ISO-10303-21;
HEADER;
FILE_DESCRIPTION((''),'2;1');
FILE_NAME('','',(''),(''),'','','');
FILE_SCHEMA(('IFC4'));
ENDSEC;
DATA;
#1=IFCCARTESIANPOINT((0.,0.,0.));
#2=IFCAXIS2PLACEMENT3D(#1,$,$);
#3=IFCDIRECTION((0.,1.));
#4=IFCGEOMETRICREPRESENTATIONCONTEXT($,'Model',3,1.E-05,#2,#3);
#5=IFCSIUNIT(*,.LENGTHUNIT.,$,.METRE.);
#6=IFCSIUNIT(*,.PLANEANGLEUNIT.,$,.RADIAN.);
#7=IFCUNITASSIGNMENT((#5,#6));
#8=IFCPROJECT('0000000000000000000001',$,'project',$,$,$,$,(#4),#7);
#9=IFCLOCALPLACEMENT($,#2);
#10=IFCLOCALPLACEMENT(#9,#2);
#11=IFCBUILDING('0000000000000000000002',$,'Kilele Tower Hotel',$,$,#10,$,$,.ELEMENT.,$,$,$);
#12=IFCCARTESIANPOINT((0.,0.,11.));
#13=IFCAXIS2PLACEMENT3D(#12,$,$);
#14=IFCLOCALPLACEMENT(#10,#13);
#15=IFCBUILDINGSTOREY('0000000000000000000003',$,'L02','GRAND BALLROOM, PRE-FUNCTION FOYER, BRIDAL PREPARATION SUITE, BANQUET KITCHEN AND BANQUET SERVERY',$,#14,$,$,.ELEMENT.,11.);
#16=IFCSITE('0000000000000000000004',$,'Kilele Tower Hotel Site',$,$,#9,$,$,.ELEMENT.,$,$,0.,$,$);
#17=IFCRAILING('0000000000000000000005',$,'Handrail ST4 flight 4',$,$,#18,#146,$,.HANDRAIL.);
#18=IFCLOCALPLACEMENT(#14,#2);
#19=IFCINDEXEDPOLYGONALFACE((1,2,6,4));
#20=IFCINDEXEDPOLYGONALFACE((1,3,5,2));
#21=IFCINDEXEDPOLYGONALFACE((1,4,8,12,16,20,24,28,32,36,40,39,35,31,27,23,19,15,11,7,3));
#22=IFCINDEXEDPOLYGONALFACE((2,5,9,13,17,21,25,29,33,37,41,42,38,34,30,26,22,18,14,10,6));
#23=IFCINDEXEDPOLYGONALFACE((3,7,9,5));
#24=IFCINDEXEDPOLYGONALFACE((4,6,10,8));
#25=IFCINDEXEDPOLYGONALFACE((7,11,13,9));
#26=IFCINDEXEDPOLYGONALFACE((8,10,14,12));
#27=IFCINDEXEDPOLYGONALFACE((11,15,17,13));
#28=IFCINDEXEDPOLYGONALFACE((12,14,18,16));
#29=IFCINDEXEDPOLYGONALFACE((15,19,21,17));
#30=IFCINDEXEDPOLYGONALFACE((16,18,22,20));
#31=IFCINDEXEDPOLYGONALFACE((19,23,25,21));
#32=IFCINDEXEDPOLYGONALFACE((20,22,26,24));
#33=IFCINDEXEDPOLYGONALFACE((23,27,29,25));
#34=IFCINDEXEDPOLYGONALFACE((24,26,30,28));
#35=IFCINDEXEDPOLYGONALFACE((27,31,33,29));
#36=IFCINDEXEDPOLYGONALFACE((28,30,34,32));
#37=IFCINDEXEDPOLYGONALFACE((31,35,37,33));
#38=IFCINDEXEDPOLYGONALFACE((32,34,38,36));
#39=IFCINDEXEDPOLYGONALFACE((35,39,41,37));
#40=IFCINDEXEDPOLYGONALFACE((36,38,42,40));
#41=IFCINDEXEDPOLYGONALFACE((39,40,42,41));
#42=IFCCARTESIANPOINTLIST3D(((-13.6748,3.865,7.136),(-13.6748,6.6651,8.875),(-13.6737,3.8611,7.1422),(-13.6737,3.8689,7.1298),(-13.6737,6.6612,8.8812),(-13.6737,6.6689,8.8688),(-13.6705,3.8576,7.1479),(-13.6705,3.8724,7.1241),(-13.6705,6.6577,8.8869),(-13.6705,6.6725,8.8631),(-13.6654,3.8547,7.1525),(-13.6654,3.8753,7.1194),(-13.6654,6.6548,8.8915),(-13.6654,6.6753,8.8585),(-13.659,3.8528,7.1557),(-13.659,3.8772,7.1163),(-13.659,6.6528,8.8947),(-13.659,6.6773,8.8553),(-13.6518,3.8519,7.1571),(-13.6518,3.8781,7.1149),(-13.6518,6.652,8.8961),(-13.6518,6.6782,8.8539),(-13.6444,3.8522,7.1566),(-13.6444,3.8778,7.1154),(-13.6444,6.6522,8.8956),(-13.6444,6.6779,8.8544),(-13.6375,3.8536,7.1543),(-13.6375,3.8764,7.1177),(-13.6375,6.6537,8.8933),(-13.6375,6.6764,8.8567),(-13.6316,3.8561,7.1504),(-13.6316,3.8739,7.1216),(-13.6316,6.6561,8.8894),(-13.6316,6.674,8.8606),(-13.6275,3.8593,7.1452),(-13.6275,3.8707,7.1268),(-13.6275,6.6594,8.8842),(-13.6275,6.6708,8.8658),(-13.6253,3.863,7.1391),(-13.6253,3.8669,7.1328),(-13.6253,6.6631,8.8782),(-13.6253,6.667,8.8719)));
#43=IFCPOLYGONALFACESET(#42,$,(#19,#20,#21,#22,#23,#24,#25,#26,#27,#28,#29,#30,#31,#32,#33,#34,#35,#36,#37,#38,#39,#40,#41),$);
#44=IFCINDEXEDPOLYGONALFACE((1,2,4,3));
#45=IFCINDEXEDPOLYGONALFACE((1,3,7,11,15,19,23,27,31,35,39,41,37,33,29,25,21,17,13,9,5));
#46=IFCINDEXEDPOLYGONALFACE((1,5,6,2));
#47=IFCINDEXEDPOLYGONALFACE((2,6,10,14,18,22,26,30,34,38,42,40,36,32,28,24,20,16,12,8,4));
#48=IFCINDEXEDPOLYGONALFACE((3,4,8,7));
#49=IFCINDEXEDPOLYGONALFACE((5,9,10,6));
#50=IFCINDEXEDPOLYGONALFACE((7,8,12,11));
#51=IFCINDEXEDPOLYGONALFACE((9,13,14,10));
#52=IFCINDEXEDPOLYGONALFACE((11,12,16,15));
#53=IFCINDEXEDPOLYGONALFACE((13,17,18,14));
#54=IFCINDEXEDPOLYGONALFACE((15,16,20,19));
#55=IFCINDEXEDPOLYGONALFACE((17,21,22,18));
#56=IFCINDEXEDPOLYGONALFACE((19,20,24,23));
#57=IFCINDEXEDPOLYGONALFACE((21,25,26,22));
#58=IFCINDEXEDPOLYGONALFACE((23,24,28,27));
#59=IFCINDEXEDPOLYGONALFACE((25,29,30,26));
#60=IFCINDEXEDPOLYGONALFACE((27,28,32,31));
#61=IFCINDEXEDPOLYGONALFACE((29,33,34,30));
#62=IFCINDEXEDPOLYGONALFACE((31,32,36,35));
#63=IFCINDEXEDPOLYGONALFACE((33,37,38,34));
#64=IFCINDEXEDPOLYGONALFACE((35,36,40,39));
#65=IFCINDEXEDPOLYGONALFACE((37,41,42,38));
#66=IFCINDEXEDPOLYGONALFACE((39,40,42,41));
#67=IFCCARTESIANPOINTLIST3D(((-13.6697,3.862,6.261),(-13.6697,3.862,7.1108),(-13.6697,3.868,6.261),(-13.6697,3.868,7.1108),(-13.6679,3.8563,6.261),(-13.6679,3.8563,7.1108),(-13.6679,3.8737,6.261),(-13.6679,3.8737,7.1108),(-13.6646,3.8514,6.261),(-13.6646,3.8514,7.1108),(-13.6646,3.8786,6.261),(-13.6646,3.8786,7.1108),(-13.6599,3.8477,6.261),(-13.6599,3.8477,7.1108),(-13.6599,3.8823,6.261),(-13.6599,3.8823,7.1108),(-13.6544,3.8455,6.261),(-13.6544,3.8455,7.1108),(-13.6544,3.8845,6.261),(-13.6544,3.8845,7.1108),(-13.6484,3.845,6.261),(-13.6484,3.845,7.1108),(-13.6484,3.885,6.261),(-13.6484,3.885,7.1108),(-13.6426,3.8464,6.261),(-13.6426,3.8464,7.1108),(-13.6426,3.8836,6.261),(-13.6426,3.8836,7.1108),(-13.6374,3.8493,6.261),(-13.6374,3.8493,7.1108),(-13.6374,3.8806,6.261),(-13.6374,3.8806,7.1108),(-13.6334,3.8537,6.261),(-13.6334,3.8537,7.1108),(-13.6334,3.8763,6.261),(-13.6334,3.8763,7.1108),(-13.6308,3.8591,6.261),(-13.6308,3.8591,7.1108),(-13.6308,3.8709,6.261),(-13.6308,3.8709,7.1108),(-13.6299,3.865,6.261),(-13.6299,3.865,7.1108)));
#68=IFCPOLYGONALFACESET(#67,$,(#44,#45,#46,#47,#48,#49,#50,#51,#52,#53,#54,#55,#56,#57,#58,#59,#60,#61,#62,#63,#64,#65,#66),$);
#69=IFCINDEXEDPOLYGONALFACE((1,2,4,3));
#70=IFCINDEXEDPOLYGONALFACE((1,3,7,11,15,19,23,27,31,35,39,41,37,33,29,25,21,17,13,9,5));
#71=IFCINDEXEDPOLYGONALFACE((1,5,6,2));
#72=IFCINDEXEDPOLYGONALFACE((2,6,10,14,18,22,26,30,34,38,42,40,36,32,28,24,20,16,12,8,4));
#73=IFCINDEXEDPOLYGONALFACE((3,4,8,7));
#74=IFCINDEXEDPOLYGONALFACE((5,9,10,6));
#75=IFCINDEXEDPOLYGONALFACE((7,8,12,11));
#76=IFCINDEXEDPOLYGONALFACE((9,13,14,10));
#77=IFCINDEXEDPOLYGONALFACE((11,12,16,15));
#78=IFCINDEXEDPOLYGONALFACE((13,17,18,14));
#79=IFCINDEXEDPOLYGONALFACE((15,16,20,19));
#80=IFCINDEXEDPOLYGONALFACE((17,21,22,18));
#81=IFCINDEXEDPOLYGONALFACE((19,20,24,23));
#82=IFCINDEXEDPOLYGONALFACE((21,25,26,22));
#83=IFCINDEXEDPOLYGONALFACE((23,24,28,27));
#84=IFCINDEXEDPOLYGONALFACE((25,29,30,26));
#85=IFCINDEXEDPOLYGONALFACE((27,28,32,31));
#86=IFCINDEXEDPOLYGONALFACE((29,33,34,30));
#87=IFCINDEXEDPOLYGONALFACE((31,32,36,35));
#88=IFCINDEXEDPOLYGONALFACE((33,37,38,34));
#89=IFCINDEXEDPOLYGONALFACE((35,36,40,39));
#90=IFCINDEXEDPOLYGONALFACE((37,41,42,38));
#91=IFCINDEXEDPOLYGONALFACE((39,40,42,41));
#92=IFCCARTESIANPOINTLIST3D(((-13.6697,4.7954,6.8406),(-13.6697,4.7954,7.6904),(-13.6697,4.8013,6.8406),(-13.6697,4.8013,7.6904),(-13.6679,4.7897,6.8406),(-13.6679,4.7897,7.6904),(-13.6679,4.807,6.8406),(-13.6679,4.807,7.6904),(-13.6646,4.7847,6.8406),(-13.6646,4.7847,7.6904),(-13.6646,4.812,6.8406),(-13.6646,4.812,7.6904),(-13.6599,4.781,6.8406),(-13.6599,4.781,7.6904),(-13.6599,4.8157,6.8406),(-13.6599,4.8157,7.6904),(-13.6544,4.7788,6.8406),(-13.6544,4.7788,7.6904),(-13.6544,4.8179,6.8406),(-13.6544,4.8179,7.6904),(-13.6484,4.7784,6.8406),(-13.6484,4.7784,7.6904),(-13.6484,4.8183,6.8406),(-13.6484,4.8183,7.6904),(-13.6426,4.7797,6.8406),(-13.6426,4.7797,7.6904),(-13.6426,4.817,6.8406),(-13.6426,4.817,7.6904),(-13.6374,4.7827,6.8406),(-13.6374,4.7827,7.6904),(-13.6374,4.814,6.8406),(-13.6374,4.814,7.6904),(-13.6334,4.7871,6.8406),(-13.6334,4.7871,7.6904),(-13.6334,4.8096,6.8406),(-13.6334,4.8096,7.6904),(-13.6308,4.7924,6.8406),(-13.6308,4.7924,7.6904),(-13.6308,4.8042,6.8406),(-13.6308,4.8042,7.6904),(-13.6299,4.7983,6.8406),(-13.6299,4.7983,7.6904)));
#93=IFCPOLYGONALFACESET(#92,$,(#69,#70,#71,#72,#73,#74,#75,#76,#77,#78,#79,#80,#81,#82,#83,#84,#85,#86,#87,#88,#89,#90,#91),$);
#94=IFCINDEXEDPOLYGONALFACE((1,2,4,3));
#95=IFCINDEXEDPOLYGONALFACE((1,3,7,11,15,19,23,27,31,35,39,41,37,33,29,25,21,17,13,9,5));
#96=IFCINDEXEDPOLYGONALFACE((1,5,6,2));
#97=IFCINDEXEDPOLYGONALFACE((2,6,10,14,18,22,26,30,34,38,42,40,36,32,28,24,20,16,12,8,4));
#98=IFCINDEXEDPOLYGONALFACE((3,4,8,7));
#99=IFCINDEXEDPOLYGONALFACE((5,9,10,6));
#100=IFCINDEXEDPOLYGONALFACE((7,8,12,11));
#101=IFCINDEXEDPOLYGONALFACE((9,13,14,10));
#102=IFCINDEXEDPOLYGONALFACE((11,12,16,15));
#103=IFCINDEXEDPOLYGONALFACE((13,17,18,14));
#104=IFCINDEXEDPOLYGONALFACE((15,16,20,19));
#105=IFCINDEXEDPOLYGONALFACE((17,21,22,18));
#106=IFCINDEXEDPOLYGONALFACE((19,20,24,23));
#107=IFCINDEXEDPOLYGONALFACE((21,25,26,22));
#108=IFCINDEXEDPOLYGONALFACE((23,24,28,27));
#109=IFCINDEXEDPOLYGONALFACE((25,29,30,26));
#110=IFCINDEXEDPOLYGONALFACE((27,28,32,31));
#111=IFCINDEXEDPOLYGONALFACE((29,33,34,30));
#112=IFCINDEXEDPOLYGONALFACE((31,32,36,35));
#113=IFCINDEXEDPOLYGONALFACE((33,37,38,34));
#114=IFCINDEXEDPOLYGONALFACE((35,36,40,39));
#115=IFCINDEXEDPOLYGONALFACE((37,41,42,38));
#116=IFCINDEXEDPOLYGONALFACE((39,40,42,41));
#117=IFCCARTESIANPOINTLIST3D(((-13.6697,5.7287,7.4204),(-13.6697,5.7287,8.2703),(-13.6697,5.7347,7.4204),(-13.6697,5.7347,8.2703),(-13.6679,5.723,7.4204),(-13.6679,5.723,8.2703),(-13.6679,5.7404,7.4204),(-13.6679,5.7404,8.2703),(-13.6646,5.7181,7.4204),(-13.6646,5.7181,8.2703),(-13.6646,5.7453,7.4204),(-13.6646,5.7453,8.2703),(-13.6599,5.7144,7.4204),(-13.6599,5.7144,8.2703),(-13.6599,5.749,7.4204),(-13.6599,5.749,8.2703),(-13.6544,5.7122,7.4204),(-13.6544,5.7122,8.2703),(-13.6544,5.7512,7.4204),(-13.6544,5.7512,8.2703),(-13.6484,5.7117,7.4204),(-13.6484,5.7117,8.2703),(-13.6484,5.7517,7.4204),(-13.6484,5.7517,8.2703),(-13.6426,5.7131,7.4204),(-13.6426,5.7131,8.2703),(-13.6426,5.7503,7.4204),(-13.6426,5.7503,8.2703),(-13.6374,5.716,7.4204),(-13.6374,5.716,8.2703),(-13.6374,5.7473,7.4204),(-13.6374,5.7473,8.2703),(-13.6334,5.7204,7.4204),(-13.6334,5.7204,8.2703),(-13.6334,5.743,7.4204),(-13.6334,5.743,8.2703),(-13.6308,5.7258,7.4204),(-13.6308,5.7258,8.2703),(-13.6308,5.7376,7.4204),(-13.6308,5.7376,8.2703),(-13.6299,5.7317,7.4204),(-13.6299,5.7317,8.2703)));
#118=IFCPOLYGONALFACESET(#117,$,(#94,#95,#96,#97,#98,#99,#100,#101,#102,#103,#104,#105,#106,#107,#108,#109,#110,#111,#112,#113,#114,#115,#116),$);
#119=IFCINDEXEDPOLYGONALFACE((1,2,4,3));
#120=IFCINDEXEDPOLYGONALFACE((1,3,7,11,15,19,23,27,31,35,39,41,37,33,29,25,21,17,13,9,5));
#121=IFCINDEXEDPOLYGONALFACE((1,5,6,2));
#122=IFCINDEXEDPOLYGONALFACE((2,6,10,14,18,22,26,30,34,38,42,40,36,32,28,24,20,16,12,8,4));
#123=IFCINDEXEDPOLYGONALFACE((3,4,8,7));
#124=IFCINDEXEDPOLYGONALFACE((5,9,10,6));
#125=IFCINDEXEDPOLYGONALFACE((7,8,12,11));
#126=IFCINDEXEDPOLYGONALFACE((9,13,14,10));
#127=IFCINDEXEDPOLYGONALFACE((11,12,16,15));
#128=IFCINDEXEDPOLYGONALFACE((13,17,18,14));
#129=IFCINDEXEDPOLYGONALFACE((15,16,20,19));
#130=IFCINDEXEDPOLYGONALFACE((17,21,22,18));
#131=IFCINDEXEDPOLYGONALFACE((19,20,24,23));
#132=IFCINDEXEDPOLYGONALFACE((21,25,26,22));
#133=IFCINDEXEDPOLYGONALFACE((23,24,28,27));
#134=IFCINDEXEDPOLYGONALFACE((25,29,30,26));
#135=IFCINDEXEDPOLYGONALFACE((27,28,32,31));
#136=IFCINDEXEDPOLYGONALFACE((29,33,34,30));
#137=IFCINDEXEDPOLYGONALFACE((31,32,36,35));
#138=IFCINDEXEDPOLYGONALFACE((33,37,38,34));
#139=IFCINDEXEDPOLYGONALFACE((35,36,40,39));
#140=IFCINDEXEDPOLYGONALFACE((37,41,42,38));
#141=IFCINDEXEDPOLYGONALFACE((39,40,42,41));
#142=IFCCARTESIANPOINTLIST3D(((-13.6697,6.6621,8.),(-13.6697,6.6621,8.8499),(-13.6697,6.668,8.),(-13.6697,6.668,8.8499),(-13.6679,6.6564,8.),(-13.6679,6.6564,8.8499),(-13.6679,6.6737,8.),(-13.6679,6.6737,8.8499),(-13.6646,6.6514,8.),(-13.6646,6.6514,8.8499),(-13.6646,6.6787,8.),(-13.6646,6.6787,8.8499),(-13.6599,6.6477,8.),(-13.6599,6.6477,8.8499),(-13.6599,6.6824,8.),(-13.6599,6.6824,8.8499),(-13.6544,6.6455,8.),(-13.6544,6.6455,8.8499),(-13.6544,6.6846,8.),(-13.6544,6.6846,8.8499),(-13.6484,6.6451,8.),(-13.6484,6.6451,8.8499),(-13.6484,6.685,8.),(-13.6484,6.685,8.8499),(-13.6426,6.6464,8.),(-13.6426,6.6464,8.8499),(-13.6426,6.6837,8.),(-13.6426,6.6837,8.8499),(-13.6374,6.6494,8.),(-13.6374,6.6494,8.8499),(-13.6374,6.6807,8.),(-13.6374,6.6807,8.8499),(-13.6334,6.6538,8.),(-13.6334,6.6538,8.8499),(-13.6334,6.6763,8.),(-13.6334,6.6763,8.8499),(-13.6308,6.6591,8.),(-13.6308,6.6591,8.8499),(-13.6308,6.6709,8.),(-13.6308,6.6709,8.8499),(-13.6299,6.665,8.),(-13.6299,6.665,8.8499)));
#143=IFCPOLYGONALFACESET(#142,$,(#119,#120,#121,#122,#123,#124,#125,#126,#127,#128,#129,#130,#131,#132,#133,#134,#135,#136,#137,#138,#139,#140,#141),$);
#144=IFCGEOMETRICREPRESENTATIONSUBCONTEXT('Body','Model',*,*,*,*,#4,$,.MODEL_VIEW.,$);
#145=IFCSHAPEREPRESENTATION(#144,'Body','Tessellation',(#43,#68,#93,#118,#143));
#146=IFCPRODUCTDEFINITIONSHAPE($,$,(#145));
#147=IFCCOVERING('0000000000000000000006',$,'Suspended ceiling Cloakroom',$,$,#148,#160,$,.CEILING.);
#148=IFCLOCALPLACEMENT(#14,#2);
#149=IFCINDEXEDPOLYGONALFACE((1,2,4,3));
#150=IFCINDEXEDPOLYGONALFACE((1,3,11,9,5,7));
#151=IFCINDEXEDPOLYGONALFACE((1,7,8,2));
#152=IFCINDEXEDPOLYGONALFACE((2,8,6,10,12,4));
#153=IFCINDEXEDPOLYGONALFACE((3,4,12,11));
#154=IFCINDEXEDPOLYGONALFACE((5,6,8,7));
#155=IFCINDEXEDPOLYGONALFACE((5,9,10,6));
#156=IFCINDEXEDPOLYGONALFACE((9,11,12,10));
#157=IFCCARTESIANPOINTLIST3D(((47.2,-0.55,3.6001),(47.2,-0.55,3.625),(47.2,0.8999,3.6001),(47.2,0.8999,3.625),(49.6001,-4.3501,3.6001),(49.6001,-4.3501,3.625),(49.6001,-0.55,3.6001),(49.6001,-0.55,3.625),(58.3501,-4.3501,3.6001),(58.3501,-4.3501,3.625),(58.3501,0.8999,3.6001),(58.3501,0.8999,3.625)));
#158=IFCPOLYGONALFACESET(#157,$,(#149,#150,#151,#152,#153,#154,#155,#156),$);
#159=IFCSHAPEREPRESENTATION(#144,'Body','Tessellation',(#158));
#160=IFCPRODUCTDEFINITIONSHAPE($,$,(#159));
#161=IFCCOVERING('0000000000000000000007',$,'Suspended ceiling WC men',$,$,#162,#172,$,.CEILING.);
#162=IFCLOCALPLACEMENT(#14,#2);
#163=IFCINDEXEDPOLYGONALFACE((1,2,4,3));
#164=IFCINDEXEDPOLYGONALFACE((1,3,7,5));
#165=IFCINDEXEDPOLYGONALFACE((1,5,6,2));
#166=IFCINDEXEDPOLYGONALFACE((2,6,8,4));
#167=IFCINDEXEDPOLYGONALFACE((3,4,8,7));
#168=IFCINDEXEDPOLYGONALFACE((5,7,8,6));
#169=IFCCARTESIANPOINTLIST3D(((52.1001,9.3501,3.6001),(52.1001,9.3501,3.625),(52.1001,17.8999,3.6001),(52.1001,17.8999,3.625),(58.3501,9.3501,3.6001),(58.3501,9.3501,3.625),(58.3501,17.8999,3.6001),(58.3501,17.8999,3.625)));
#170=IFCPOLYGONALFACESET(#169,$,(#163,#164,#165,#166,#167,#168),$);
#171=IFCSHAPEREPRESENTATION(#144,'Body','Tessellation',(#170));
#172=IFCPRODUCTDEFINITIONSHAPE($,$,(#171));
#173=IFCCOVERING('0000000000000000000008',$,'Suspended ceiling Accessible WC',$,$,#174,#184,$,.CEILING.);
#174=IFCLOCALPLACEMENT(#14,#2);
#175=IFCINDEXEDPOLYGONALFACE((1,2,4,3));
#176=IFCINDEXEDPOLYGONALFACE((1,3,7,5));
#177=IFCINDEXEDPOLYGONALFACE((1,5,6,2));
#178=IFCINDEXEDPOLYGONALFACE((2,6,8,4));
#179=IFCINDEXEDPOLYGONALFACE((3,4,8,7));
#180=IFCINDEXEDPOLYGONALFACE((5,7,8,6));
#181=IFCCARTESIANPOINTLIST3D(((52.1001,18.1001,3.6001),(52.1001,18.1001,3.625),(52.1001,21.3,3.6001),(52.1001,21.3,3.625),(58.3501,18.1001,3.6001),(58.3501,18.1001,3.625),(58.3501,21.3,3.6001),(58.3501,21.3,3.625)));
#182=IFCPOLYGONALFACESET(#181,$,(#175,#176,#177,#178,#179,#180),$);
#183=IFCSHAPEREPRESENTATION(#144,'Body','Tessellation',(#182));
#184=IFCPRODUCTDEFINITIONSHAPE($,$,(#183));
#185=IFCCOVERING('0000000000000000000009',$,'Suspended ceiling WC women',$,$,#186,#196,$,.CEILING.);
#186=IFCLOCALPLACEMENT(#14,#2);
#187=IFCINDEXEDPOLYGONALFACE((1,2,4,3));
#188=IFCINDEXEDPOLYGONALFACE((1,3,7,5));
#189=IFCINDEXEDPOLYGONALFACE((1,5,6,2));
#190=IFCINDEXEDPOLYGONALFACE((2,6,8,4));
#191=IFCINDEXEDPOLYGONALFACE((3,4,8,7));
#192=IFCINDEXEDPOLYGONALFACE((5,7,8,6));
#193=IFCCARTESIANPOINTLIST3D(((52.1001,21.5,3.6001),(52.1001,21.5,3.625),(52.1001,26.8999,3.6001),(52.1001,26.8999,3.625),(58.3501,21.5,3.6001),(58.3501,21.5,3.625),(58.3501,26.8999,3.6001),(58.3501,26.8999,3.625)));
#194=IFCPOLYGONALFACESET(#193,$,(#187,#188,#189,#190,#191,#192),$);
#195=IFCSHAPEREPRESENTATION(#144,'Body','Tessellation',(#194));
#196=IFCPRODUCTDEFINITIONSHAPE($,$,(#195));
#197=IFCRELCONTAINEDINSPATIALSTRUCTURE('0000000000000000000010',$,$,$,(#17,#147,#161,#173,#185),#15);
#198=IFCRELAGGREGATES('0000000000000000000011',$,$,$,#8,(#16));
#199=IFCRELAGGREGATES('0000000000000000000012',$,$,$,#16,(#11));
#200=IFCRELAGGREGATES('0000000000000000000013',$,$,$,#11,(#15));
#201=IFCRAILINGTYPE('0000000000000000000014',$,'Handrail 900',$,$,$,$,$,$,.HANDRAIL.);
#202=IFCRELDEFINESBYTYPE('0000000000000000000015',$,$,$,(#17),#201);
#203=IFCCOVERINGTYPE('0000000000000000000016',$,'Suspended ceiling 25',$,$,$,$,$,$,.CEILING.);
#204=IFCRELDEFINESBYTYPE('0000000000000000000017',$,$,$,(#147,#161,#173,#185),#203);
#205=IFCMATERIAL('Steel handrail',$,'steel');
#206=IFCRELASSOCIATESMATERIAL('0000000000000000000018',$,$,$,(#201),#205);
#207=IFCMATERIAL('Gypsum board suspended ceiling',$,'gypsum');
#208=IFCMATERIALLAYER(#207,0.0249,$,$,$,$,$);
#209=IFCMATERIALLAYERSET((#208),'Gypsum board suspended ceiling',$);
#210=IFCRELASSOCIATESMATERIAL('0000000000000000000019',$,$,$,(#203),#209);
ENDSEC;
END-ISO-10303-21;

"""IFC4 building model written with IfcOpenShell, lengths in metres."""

from ifc_helpers import new_model, si_unit, direction, frame, origin, origin_2d, place, context, subcontext, project, spatial, polyline, circle, outline, extrude, material, layer, layer_set, type_object, element, save


model = new_model("IFC4")

# Units and contexts
model_context = context("Model", 3, precision=1e-05, world=origin(), true_north=direction((0.0, 1.0)))
body_context = subcontext(model_context, "Body", "Model", "MODEL_VIEW")
ifc_project = project(units=[si_unit("LENGTHUNIT", "METRE"), si_unit("PLANEANGLEUNIT", "RADIAN")], contexts=[model_context])

# Site, building, storey
site_placement = place(None, origin())
site = spatial("IfcSite", under=ifc_project, at=site_placement, Name="Kilele Tower Hotel Site", CompositionType="ELEMENT", RefElevation=0.0)
building_placement = place(site_placement, origin())
building = spatial("IfcBuilding", under=site, at=building_placement, Name="Kilele Tower Hotel", CompositionType="ELEMENT")
storey_placement = place(building_placement, frame((0.0, 0.0, 11.0)))
storey = spatial("IfcBuildingStorey", under=building, at=storey_placement, Name="L02", Description="GRAND BALLROOM, PRE-FUNCTION FOYER, BRIDAL PREPARATION SUITE, BANQUET KITCHEN AND BANQUET SERVERY", CompositionType="ELEMENT", Elevation=11.0)

# Railing
ifc_material_1 = material(Name="Steel handrail", Category="steel")
railing_type = type_object("IfcRailingType", Name="Handrail 900", PredefinedType="HANDRAIL", material=ifc_material_1)
railing_1_placement = place(storey_placement, frame((-13.6499, 3.865, 6.261)))
element("IfcRailing", 1, at=railing_1_placement, inside=storey, type_object=railing_type, Name="Handrail ST4 flight 4", PredefinedType="HANDRAIL", context=body_context, shape_type="SweptSolid", body=[
    extrude(circle(Radius=0.0249, at=origin_2d()), frame((0.0, 0.0, 0.875), z_axis=(0.0, 0.849497, 0.527593), x_axis=(-1.0, 0.0, 0.0)), (0.0, 0.0, 1.0), 3.2961),
    extrude(circle(Radius=0.02, at=origin_2d()), origin(), (0.0, 0.0, 1.0), 0.8499),
    extrude(circle(Radius=0.02, at=origin_2d()), frame((0.0, 0.9333, 0.5796)), (0.0, 0.0, 1.0), 0.8499),
    extrude(circle(Radius=0.02, at=origin_2d()), frame((0.0, 1.8667, 1.1594)), (0.0, 0.0, 1.0), 0.8499),
    extrude(circle(Radius=0.02, at=origin_2d()), frame((0.0, 2.8, 1.739)), (0.0, 0.0, 1.0), 0.8499),
])

# Coverings
ifc_material_2 = material(Name="Gypsum board suspended ceiling", Category="gypsum")
ifc_layer_1 = layer(ifc_material_2, 0.0249)
ifc_layer_set_1 = layer_set([ifc_layer_1], Name="Gypsum board suspended ceiling")
covering_type = type_object("IfcCoveringType", Name="Suspended ceiling 25", PredefinedType="CEILING", material=ifc_layer_set_1)
covering_1_placement = place(storey_placement, frame((0.0, 0.0, 3.6001)))
element("IfcCovering", 2, at=covering_1_placement, inside=storey, type_object=covering_type, Name="Suspended ceiling Cloakroom", PredefinedType="CEILING", context=body_context, shape_type="SweptSolid", body=[
    extrude(outline(polyline([(58.3501, 0.8999), (58.3501, -4.3501), (49.6001, -4.3501), (49.6001, -0.55), (47.2, -0.55), (47.2, 0.8999), (58.3501, 0.8999)])), origin(), (0.0, 0.0, 1.0), 0.0249),
])
covering_2_placement = place(storey_placement, frame((0.0, 0.0, 3.6001)))
element("IfcCovering", 3, at=covering_2_placement, inside=storey, type_object=covering_type, Name="Suspended ceiling WC men", PredefinedType="CEILING", context=body_context, shape_type="SweptSolid", body=[
    extrude(outline(polyline([(58.3501, 9.3501), (52.1001, 9.3501), (52.1001, 17.8999), (58.3501, 17.8999), (58.3501, 9.3501)])), origin(), (0.0, 0.0, 1.0), 0.0249),
])
covering_3_placement = place(storey_placement, frame((0.0, 0.0, 3.6001)))
element("IfcCovering", 4, at=covering_3_placement, inside=storey, type_object=covering_type, Name="Suspended ceiling Accessible WC", PredefinedType="CEILING", context=body_context, shape_type="SweptSolid", body=[
    extrude(outline(polyline([(58.3501, 18.1001), (52.1001, 18.1001), (52.1001, 21.3), (58.3501, 21.3), (58.3501, 18.1001)])), origin(), (0.0, 0.0, 1.0), 0.0249),
])
covering_4_placement = place(storey_placement, frame((0.0, 0.0, 3.6001)))
element("IfcCovering", 5, at=covering_4_placement, inside=storey, type_object=covering_type, Name="Suspended ceiling WC women", PredefinedType="CEILING", context=body_context, shape_type="SweptSolid", body=[
    extrude(outline(polyline([(58.3501, 21.5), (52.1001, 21.5), (52.1001, 26.8999), (58.3501, 26.8999), (58.3501, 21.5)])), origin(), (0.0, 0.0, 1.0), 0.0249),
])

save(model, "model.ifc")
